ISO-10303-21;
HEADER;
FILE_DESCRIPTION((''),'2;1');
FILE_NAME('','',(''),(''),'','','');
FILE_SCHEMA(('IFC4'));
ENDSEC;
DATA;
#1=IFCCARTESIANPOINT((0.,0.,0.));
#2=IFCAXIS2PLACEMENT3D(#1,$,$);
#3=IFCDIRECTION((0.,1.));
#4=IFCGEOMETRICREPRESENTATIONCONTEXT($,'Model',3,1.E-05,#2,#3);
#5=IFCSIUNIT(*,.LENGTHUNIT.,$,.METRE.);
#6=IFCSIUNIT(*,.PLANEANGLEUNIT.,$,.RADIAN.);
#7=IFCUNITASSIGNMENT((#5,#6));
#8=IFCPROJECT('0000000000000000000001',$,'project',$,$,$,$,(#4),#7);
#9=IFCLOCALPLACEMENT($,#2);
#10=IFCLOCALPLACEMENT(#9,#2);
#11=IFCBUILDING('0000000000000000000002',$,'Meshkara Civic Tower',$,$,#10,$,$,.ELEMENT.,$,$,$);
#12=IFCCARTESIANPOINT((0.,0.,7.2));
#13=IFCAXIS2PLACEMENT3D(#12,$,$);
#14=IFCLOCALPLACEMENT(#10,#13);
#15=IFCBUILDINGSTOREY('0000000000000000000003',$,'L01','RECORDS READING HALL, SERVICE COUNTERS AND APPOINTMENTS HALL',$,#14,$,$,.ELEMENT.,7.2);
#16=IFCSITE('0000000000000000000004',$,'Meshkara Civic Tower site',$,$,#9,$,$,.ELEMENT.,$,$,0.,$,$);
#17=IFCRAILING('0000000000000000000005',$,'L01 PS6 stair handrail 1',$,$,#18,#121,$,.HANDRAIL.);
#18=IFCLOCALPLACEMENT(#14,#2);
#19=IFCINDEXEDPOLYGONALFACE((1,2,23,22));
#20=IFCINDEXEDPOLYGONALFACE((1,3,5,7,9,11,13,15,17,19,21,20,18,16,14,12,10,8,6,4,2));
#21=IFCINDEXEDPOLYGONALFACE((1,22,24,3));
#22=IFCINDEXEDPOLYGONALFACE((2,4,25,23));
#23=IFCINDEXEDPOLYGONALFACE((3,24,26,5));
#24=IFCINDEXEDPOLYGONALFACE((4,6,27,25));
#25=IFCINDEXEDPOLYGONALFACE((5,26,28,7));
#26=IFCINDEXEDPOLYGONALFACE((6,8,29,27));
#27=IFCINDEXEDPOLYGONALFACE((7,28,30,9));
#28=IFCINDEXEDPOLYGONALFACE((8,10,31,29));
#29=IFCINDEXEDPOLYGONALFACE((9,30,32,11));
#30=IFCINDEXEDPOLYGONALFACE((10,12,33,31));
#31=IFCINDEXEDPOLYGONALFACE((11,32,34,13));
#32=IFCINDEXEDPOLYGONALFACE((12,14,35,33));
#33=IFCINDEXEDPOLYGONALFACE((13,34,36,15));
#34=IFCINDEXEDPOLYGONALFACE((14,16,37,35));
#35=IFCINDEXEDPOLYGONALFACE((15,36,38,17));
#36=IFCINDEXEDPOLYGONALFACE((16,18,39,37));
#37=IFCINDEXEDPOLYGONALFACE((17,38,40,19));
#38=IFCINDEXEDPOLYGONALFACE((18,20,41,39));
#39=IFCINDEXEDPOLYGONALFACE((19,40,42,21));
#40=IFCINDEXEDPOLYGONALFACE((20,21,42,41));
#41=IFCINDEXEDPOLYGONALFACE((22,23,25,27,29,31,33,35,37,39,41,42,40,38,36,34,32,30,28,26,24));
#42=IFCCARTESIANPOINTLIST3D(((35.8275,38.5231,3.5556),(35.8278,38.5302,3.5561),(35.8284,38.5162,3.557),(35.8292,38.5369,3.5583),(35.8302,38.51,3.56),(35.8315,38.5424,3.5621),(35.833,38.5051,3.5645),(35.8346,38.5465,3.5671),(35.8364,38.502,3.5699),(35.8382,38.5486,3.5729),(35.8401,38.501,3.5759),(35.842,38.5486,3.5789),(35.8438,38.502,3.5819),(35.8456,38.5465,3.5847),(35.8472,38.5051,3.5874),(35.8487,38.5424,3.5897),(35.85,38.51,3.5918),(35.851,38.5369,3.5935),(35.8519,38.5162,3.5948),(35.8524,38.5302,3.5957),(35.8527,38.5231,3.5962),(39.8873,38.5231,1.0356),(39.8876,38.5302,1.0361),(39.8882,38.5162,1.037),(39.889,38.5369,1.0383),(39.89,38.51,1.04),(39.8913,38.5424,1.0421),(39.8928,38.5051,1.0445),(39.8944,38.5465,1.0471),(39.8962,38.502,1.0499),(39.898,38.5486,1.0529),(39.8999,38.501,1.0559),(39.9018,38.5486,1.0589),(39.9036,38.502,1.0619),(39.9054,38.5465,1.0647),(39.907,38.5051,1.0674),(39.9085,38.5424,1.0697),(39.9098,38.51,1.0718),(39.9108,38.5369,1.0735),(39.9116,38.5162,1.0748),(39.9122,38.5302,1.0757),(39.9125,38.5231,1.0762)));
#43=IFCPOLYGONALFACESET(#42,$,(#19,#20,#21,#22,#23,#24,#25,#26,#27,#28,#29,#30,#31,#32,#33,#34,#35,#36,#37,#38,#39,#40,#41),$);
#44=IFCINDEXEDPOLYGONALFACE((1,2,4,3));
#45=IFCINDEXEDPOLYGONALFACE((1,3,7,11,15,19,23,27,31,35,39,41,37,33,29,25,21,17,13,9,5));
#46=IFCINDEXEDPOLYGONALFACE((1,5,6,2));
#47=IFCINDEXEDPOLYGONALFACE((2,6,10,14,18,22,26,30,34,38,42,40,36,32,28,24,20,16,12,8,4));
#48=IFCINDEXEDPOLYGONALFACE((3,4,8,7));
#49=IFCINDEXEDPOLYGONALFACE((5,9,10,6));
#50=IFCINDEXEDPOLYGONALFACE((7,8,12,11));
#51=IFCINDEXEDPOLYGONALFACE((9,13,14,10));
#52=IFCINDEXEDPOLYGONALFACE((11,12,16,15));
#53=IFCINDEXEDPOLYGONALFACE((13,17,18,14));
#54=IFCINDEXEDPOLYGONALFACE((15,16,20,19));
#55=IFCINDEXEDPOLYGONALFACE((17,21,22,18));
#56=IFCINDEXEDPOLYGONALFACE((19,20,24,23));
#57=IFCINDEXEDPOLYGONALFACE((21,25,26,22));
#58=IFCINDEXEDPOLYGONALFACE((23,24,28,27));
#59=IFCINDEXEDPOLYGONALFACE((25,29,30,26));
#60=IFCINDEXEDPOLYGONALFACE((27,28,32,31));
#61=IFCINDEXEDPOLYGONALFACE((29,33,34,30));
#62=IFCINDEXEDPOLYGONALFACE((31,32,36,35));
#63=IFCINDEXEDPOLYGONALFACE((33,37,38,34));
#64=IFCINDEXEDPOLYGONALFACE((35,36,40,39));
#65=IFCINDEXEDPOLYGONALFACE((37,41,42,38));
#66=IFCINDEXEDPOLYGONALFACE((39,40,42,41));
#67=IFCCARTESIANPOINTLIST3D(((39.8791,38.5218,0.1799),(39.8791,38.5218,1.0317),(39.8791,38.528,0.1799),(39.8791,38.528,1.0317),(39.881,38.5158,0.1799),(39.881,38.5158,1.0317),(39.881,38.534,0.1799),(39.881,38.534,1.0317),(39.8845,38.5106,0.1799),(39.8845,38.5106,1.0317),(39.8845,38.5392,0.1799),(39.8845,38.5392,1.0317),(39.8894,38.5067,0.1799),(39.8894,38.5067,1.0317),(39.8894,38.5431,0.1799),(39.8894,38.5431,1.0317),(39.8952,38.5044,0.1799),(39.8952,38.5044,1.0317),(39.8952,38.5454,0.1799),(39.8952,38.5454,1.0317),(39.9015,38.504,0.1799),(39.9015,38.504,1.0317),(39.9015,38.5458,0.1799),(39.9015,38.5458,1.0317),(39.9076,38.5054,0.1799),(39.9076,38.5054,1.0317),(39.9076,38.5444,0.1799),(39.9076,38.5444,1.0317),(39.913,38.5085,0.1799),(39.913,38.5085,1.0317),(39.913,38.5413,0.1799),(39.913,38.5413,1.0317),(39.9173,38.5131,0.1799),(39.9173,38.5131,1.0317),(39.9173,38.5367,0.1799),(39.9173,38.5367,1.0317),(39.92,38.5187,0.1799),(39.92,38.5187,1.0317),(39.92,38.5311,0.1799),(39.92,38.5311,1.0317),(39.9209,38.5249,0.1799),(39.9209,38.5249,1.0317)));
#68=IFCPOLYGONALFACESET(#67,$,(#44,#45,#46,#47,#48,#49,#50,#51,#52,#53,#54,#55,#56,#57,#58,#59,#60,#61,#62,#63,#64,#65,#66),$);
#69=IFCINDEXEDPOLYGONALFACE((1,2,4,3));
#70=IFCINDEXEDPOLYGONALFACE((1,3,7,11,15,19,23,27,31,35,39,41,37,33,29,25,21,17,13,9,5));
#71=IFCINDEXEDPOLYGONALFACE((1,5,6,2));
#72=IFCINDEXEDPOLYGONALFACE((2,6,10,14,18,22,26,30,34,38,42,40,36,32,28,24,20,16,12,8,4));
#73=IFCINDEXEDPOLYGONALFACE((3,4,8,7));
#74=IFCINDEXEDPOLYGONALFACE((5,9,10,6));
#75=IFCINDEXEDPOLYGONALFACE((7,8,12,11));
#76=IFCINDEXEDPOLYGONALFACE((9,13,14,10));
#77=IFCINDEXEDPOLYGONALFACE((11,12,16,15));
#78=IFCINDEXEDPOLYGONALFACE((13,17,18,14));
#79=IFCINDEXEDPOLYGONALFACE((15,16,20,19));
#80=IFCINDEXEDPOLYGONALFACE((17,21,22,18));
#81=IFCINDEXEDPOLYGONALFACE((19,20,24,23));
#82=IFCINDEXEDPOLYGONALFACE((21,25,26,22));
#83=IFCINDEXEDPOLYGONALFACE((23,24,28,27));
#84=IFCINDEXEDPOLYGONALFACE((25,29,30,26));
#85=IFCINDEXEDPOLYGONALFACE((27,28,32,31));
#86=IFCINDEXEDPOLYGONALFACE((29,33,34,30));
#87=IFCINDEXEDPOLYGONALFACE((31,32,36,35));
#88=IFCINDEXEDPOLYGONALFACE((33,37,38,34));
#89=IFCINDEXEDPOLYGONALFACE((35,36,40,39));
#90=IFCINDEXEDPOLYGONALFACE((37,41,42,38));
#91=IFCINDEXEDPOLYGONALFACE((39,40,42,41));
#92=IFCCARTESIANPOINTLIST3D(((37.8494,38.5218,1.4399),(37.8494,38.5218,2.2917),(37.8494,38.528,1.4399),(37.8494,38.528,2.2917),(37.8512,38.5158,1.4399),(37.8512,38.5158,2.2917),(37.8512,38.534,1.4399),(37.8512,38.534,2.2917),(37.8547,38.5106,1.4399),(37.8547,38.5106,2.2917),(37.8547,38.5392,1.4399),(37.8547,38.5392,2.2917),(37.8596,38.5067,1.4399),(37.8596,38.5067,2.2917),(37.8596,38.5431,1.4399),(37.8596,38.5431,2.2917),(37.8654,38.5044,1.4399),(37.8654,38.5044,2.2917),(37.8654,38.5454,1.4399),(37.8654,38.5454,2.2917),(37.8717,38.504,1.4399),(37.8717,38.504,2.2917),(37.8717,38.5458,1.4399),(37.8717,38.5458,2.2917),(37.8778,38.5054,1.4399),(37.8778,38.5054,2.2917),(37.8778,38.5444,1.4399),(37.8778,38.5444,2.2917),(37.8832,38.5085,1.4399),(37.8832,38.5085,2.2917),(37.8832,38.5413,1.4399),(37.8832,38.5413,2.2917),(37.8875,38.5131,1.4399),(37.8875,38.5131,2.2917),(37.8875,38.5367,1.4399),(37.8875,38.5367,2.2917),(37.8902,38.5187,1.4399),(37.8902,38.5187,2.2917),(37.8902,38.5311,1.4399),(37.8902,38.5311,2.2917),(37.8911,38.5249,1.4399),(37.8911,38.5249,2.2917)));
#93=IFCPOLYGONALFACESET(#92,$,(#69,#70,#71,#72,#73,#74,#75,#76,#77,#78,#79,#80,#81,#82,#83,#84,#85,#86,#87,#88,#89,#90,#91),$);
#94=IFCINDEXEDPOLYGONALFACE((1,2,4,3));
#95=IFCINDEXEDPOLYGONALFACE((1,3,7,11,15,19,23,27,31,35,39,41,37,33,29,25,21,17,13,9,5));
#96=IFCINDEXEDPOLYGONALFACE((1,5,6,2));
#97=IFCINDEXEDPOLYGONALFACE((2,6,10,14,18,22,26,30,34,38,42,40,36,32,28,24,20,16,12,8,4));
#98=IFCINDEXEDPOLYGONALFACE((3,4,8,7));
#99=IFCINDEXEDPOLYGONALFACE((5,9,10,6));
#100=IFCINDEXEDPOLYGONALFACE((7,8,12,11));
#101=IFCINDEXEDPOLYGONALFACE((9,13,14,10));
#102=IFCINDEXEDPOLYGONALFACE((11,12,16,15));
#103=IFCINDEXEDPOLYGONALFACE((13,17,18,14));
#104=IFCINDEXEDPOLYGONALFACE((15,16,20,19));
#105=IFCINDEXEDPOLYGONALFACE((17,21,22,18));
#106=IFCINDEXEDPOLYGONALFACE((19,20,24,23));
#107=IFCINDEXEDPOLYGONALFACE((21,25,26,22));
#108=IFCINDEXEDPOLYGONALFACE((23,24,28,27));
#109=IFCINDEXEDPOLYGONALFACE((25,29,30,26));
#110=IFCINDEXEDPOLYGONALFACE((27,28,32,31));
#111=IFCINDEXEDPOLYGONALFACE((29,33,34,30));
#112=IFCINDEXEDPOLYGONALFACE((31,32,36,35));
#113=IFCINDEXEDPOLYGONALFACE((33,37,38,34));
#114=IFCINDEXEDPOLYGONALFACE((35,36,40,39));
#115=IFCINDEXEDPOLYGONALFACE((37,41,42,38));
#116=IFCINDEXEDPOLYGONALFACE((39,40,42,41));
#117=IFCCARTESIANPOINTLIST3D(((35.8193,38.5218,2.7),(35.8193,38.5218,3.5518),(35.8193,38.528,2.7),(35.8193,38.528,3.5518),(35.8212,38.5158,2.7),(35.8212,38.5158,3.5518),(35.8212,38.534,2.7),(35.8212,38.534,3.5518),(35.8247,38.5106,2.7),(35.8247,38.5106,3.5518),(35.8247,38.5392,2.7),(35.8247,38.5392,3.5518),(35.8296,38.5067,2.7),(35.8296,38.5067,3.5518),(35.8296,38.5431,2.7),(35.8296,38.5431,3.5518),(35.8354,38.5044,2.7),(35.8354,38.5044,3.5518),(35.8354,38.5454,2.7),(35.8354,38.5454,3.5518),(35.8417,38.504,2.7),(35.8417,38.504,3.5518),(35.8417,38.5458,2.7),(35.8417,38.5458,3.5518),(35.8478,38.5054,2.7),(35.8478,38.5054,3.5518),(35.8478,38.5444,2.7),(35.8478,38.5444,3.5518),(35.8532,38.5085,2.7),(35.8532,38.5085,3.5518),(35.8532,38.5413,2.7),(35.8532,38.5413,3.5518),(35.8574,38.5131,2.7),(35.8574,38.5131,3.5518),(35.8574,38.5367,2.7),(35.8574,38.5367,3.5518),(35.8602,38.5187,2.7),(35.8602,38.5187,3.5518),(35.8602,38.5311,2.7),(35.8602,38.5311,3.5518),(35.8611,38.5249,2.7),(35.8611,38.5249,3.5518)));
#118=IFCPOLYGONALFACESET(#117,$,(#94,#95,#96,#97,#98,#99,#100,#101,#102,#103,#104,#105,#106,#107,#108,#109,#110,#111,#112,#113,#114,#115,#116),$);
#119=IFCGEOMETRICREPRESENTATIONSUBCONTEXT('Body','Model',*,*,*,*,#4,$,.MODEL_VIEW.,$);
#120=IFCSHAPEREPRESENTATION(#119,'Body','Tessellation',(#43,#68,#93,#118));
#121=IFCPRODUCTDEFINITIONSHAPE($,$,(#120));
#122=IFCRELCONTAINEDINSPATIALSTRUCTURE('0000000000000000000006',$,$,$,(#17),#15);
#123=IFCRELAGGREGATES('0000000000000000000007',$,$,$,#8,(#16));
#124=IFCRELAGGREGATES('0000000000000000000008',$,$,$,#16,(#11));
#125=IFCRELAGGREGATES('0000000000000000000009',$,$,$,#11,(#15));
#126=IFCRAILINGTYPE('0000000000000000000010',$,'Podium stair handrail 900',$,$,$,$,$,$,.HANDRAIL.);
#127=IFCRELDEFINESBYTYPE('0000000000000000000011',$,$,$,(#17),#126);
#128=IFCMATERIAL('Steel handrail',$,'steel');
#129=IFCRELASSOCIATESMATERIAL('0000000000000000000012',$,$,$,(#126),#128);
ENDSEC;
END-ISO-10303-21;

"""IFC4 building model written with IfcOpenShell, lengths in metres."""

from ifc_helpers import new_model, si_unit, direction, frame, origin, origin_2d, place, context, subcontext, project, spatial, circle, extrude, material, type_object, element, save


model = new_model("IFC4")

# Units and contexts
model_context = context("Model", 3, precision=1e-05, world=origin(), true_north=direction((0.0, 1.0)))
body_context = subcontext(model_context, "Body", "Model", "MODEL_VIEW")
ifc_project = project(units=[si_unit("LENGTHUNIT", "METRE"), si_unit("PLANEANGLEUNIT", "RADIAN")], contexts=[model_context])

# Site, building, storey
site_placement = place(None, origin())
site = spatial("IfcSite", under=ifc_project, at=site_placement, Name="Meshkara Civic Tower site", CompositionType="ELEMENT", RefElevation=0.0)
building_placement = place(site_placement, origin())
building = spatial("IfcBuilding", under=site, at=building_placement, Name="Meshkara Civic Tower", CompositionType="ELEMENT")
storey_placement = place(building_placement, frame((0.0, 0.0, 7.2)))
storey = spatial("IfcBuildingStorey", under=building, at=storey_placement, Name="L01", Description="RECORDS READING HALL, SERVICE COUNTERS AND APPOINTMENTS HALL", CompositionType="ELEMENT", Elevation=7.2)

# Railing
ifc_material_1 = material(Name="Steel handrail", Category="steel")
railing_type_1 = type_object("IfcRailingType", Name="Podium stair handrail 900", PredefinedType="HANDRAIL", material=ifc_material_1)
railing_1_placement = place(storey_placement, frame((39.8999, 38.5249, 0.1799)))
element("IfcRailing", 1, at=railing_1_placement, inside=storey, type_object=railing_type_1, Name="L01 PS6 stair handrail 1", PredefinedType="HANDRAIL", context=body_context, shape_type="SweptSolid", body=[
    extrude(circle(Radius=0.0239, at=origin_2d()), frame((0.0, 0.0, 0.876), z_axis=(-0.849628, 0.0, 0.527383), x_axis=(0.0, -1.0, 0.0)), (0.0, 0.0, 1.0), 4.7783),
    extrude(circle(Radius=0.021, at=origin_2d()), origin(), (0.0, 0.0, 1.0), 0.8518),
    extrude(circle(Radius=0.021, at=origin_2d()), frame((-2.0298, 0.0, 1.26)), (0.0, 0.0, 1.0), 0.8518),
    extrude(circle(Radius=0.021, at=origin_2d()), frame((-4.0598, 0.0, 2.52)), (0.0, 0.0, 1.0), 0.8518),
])

save(model, "model.ifc")
